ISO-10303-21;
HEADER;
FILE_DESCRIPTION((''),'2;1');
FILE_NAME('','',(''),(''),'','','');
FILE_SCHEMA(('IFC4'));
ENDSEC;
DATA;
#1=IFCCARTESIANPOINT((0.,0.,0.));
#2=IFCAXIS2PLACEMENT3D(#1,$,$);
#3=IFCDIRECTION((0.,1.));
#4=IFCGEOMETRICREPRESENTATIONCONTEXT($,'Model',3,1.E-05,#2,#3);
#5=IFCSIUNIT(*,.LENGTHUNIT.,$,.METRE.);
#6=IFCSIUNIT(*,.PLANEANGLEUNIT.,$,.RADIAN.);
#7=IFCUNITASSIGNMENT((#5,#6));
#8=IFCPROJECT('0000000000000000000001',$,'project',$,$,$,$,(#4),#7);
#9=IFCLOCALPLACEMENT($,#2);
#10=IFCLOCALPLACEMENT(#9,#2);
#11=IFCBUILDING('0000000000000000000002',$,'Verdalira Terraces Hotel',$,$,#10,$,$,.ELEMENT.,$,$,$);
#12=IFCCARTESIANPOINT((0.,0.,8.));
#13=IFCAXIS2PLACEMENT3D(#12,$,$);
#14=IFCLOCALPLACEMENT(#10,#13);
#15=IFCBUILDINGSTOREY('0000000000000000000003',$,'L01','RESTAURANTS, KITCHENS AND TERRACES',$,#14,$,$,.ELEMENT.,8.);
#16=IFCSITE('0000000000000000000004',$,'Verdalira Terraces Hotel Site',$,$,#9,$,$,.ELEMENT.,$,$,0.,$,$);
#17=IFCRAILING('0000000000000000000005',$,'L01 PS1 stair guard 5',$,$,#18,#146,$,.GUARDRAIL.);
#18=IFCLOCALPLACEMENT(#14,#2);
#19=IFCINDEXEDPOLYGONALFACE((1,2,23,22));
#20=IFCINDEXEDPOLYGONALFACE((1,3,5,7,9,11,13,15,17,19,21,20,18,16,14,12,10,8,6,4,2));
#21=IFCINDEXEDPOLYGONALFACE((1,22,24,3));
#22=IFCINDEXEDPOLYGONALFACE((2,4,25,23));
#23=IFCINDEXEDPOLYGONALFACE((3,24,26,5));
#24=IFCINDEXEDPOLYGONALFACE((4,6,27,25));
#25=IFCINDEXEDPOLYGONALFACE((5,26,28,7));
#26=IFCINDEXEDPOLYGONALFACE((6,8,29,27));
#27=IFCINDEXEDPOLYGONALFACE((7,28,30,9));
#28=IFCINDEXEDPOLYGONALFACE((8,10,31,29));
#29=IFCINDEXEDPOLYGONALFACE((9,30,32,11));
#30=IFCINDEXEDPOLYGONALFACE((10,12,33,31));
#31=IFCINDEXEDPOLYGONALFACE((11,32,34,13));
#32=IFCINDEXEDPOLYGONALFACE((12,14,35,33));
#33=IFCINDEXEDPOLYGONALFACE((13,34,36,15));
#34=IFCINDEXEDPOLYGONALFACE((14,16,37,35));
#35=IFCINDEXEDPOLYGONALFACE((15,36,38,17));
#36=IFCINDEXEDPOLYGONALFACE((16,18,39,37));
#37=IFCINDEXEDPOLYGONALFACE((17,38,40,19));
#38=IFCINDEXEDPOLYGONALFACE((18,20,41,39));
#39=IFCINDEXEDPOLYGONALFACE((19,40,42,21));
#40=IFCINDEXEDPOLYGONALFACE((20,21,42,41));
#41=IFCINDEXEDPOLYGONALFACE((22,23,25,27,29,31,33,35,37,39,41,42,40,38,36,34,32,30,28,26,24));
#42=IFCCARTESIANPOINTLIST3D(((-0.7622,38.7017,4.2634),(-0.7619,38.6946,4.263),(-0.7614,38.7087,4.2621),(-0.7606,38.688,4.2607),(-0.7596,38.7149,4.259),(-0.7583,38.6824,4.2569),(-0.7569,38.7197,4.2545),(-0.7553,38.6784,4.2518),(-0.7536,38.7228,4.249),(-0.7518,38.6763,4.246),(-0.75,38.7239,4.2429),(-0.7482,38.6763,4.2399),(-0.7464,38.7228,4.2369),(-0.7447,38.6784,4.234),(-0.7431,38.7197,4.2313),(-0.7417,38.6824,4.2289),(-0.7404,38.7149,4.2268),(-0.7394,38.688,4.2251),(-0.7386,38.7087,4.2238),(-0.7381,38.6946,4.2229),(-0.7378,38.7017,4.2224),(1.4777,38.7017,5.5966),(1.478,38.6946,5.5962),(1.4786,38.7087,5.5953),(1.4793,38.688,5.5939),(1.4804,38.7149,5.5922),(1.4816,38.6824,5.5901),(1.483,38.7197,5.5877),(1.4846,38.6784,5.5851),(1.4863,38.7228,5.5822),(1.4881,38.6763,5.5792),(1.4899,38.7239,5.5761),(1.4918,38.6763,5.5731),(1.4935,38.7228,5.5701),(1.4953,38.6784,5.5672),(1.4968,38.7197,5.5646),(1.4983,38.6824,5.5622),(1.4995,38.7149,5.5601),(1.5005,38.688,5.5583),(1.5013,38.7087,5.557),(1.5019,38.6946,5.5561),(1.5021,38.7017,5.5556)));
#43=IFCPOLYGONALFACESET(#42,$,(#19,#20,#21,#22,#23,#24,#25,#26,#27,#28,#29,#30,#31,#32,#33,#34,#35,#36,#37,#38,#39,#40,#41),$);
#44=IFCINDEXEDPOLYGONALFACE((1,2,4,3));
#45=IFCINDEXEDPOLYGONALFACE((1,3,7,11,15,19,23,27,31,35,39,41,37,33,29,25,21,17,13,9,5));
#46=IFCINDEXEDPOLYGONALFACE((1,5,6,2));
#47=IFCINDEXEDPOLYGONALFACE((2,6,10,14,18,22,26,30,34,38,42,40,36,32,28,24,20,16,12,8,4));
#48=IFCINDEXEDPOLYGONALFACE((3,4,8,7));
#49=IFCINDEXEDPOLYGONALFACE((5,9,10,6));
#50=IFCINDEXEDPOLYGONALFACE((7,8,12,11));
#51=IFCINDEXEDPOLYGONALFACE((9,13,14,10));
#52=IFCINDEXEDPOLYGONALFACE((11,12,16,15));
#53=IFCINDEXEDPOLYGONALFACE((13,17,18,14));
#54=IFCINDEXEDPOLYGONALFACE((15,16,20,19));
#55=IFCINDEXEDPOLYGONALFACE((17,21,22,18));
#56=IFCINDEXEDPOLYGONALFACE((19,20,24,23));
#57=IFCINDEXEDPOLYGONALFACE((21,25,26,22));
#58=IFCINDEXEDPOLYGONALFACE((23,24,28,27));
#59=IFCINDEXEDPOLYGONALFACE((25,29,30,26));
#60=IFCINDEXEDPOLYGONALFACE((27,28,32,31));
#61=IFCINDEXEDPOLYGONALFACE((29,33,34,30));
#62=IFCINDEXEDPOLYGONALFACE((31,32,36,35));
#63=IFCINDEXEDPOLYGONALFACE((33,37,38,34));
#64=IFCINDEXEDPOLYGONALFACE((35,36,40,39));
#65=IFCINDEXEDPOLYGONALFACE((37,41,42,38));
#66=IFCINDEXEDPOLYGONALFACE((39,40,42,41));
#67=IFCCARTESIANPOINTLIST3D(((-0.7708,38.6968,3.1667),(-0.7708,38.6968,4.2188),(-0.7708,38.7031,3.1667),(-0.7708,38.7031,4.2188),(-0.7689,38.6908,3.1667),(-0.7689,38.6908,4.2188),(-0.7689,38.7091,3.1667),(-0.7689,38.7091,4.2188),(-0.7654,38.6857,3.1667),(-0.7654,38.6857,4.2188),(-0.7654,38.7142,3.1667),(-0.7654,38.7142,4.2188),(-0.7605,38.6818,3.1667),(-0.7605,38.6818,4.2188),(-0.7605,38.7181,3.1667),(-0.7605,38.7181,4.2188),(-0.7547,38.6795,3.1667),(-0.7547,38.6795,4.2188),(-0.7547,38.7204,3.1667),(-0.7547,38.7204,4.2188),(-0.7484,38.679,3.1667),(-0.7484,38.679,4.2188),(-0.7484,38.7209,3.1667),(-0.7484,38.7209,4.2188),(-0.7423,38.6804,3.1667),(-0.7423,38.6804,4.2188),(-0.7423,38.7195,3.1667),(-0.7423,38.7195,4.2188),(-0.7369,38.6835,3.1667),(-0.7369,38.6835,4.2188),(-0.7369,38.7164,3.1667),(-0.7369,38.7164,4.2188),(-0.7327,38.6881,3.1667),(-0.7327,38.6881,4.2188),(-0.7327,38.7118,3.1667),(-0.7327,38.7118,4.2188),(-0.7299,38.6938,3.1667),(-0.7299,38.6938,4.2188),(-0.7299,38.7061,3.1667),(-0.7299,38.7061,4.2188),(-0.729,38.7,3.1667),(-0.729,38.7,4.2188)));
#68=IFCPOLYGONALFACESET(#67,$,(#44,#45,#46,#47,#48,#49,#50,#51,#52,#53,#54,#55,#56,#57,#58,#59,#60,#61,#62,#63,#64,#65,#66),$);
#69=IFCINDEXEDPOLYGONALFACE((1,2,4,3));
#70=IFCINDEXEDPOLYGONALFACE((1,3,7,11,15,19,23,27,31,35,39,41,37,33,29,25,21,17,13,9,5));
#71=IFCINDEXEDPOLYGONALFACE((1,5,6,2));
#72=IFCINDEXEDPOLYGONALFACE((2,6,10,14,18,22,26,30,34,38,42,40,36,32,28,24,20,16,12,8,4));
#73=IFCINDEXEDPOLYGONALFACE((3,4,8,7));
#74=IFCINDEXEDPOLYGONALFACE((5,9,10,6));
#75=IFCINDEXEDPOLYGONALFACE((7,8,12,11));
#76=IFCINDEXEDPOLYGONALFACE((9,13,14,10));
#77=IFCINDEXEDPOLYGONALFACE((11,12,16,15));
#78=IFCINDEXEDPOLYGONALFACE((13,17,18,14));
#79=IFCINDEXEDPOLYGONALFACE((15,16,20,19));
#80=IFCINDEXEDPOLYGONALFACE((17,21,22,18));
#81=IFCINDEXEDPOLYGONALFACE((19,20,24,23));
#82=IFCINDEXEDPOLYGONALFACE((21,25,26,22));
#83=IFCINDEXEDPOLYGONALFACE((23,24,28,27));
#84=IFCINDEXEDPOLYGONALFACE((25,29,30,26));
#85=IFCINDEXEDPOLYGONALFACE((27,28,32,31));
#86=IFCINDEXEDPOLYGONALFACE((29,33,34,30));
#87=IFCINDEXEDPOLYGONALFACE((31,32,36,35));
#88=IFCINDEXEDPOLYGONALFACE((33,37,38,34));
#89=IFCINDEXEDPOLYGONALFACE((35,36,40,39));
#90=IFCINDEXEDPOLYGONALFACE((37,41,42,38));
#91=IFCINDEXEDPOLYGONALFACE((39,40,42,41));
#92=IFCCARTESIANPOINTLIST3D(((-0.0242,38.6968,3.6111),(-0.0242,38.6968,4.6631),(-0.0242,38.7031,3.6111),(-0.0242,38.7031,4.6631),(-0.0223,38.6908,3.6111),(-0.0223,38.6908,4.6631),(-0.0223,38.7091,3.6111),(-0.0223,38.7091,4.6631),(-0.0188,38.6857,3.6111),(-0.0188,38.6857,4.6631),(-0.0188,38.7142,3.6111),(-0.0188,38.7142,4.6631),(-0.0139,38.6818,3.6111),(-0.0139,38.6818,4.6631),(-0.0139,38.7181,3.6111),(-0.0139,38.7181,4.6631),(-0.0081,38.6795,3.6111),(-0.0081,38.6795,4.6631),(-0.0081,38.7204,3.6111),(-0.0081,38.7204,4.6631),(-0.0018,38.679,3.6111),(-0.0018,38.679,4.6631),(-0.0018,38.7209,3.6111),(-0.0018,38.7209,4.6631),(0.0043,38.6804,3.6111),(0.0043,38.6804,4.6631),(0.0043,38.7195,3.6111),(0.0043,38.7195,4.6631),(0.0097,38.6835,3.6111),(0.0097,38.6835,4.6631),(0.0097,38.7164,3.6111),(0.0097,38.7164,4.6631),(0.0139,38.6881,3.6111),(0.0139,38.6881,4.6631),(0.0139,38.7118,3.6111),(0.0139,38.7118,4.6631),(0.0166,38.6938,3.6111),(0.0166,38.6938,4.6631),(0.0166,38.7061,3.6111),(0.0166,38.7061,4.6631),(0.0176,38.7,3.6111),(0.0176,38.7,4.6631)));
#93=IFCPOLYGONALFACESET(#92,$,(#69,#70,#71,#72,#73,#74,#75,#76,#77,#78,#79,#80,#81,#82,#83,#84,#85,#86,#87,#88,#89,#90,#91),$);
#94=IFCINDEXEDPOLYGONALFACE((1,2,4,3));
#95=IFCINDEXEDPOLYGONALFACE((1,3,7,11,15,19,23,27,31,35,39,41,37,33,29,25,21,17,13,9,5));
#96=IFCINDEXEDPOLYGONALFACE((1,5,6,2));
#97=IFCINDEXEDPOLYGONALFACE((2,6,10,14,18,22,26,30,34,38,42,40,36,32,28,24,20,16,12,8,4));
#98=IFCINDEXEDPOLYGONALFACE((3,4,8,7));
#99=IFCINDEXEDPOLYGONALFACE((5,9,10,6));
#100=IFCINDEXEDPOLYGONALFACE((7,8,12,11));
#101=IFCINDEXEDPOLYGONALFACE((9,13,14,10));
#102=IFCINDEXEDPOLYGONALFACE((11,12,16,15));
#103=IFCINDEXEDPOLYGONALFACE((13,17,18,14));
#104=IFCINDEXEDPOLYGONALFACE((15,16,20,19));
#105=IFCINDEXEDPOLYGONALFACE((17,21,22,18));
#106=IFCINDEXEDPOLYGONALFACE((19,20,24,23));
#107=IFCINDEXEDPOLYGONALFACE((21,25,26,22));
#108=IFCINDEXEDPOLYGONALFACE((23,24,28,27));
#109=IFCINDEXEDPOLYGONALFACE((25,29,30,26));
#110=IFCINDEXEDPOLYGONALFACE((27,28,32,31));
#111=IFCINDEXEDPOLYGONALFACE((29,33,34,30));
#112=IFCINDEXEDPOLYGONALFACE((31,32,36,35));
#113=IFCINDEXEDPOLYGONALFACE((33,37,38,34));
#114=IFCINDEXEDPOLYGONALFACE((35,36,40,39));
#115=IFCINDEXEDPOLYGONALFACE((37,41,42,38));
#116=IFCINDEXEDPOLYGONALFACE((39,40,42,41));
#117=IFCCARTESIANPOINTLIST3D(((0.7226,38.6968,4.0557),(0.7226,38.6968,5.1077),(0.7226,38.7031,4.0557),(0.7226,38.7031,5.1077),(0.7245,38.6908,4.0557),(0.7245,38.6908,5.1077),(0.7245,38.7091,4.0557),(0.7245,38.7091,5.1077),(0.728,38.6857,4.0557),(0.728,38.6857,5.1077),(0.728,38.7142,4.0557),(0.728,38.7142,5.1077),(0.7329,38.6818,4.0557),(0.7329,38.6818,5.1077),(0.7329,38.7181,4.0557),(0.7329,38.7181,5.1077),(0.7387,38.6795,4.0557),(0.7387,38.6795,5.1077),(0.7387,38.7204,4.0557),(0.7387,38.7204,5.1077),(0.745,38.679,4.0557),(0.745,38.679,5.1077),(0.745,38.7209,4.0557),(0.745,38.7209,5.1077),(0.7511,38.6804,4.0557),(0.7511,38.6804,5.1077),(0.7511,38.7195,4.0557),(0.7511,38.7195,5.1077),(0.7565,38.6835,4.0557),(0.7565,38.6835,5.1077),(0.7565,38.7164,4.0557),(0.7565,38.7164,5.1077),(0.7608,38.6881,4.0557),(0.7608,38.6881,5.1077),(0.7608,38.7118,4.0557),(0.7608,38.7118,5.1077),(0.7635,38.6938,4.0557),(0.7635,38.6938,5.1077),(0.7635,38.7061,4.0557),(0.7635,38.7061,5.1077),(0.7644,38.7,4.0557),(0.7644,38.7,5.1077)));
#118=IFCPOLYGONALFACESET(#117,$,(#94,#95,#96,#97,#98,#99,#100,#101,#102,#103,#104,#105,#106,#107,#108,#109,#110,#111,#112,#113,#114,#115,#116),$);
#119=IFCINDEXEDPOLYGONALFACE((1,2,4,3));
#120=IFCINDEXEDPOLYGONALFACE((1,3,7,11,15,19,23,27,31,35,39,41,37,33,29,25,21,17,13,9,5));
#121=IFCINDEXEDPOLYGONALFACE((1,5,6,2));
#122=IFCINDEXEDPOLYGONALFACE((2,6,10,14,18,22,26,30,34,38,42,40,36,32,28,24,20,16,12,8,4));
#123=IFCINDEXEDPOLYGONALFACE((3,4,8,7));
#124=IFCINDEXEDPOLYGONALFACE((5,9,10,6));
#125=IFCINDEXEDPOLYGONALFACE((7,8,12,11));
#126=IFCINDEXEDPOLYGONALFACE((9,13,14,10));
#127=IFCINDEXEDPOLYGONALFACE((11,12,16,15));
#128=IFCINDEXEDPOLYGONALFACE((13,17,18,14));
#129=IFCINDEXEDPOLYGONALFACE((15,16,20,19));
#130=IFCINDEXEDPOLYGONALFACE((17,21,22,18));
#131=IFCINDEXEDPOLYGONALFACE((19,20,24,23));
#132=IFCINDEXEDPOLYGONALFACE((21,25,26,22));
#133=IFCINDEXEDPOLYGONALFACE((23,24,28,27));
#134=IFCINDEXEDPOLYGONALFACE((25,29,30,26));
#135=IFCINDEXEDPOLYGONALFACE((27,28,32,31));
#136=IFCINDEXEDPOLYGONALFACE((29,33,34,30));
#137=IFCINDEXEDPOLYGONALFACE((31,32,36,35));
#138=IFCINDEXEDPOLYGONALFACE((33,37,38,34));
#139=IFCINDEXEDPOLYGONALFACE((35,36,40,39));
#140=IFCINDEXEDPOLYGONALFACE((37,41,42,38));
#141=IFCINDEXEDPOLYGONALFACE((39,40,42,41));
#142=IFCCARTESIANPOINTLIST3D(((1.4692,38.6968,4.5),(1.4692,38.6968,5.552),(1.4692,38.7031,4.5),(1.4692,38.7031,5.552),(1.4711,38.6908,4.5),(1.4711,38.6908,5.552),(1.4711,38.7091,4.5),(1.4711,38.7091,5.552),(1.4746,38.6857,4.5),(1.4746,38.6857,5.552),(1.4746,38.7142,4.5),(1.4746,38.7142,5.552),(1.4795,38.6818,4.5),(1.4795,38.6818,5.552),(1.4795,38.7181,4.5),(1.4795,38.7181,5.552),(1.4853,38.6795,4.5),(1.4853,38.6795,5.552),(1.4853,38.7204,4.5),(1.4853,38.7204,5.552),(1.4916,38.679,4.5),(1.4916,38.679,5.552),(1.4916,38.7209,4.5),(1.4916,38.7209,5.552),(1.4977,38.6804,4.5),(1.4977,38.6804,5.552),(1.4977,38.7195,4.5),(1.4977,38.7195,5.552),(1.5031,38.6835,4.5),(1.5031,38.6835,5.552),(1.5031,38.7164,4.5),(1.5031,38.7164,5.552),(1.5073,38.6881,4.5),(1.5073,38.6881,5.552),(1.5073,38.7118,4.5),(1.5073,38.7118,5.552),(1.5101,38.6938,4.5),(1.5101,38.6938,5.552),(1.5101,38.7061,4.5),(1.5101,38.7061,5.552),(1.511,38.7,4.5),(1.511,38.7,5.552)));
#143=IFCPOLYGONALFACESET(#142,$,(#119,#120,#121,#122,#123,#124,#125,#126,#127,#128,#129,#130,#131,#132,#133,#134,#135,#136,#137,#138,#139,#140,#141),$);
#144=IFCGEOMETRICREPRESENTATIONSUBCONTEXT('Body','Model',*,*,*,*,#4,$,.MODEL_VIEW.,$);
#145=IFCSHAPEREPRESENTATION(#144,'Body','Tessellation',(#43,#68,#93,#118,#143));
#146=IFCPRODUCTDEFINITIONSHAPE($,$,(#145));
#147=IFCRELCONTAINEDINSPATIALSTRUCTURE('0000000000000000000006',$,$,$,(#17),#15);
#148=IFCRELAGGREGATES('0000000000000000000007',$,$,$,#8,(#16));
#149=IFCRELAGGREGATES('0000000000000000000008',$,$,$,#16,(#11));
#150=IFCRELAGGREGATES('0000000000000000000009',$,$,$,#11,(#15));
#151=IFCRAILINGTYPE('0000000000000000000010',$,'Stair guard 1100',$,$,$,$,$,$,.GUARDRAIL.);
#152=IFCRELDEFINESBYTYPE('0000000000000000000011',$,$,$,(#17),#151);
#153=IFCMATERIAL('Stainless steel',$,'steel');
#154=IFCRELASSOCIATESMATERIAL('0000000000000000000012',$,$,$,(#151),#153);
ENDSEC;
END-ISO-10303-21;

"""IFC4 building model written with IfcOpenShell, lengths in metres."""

from ifc_helpers import new_model, si_unit, direction, frame, origin, origin_2d, place, context, subcontext, project, spatial, circle, extrude, material, type_object, element, save


model = new_model("IFC4")

# Units and contexts
model_context = context("Model", 3, precision=1e-05, world=origin(), true_north=direction((0.0, 1.0)))
body_context = subcontext(model_context, "Body", "Model", "MODEL_VIEW")
ifc_project = project(units=[si_unit("LENGTHUNIT", "METRE"), si_unit("PLANEANGLEUNIT", "RADIAN")], contexts=[model_context])

# Site, building, storey
site_placement = place(None, origin())
site = spatial("IfcSite", under=ifc_project, at=site_placement, Name="Verdalira Terraces Hotel Site", CompositionType="ELEMENT", RefElevation=0.0)
building_placement = place(site_placement, origin())
building = spatial("IfcBuilding", under=site, at=building_placement, Name="Verdalira Terraces Hotel", CompositionType="ELEMENT")
storey_placement = place(building_placement, frame((0.0, 0.0, 8.0)))
storey = spatial("IfcBuildingStorey", under=building, at=storey_placement, Name="L01", Description="RESTAURANTS, KITCHENS AND TERRACES", CompositionType="ELEMENT", Elevation=8.0)

# Railing
ifc_material_1 = material(Name="Stainless steel", Category="steel")
railing_type_1 = type_object("IfcRailingType", Name="Stair guard 1100", PredefinedType="GUARDRAIL", material=ifc_material_1)
railing_1_placement = place(storey_placement, frame((-0.75, 38.7, 3.1667)))
element("IfcRailing", 1, at=railing_1_placement, inside=storey, type_object=railing_type_1, Name="L01 PS1 stair guard 5", PredefinedType="GUARDRAIL", context=body_context, shape_type="SweptSolid", body=[
    extrude(circle(Radius=0.0239, at=origin_2d()), frame((0.0, 0.0, 1.0762), z_axis=(0.859306, 0.0, 0.511462), x_axis=(0.0, 1.0, 0.0)), (0.0, 0.0, 1.0), 2.6067),
    extrude(circle(Radius=0.021, at=origin_2d()), origin(), (0.0, 0.0, 1.0), 1.052),
    extrude(circle(Radius=0.021, at=origin_2d()), frame((0.7466, 0.0, 0.4443)), (0.0, 0.0, 1.0), 1.052),
    extrude(circle(Radius=0.021, at=origin_2d()), frame((1.4934, 0.0, 0.8889)), (0.0, 0.0, 1.0), 1.052),
    extrude(circle(Radius=0.021, at=origin_2d()), frame((2.24, 0.0, 1.3333)), (0.0, 0.0, 1.0), 1.052),
])

save(model, "model.ifc")
